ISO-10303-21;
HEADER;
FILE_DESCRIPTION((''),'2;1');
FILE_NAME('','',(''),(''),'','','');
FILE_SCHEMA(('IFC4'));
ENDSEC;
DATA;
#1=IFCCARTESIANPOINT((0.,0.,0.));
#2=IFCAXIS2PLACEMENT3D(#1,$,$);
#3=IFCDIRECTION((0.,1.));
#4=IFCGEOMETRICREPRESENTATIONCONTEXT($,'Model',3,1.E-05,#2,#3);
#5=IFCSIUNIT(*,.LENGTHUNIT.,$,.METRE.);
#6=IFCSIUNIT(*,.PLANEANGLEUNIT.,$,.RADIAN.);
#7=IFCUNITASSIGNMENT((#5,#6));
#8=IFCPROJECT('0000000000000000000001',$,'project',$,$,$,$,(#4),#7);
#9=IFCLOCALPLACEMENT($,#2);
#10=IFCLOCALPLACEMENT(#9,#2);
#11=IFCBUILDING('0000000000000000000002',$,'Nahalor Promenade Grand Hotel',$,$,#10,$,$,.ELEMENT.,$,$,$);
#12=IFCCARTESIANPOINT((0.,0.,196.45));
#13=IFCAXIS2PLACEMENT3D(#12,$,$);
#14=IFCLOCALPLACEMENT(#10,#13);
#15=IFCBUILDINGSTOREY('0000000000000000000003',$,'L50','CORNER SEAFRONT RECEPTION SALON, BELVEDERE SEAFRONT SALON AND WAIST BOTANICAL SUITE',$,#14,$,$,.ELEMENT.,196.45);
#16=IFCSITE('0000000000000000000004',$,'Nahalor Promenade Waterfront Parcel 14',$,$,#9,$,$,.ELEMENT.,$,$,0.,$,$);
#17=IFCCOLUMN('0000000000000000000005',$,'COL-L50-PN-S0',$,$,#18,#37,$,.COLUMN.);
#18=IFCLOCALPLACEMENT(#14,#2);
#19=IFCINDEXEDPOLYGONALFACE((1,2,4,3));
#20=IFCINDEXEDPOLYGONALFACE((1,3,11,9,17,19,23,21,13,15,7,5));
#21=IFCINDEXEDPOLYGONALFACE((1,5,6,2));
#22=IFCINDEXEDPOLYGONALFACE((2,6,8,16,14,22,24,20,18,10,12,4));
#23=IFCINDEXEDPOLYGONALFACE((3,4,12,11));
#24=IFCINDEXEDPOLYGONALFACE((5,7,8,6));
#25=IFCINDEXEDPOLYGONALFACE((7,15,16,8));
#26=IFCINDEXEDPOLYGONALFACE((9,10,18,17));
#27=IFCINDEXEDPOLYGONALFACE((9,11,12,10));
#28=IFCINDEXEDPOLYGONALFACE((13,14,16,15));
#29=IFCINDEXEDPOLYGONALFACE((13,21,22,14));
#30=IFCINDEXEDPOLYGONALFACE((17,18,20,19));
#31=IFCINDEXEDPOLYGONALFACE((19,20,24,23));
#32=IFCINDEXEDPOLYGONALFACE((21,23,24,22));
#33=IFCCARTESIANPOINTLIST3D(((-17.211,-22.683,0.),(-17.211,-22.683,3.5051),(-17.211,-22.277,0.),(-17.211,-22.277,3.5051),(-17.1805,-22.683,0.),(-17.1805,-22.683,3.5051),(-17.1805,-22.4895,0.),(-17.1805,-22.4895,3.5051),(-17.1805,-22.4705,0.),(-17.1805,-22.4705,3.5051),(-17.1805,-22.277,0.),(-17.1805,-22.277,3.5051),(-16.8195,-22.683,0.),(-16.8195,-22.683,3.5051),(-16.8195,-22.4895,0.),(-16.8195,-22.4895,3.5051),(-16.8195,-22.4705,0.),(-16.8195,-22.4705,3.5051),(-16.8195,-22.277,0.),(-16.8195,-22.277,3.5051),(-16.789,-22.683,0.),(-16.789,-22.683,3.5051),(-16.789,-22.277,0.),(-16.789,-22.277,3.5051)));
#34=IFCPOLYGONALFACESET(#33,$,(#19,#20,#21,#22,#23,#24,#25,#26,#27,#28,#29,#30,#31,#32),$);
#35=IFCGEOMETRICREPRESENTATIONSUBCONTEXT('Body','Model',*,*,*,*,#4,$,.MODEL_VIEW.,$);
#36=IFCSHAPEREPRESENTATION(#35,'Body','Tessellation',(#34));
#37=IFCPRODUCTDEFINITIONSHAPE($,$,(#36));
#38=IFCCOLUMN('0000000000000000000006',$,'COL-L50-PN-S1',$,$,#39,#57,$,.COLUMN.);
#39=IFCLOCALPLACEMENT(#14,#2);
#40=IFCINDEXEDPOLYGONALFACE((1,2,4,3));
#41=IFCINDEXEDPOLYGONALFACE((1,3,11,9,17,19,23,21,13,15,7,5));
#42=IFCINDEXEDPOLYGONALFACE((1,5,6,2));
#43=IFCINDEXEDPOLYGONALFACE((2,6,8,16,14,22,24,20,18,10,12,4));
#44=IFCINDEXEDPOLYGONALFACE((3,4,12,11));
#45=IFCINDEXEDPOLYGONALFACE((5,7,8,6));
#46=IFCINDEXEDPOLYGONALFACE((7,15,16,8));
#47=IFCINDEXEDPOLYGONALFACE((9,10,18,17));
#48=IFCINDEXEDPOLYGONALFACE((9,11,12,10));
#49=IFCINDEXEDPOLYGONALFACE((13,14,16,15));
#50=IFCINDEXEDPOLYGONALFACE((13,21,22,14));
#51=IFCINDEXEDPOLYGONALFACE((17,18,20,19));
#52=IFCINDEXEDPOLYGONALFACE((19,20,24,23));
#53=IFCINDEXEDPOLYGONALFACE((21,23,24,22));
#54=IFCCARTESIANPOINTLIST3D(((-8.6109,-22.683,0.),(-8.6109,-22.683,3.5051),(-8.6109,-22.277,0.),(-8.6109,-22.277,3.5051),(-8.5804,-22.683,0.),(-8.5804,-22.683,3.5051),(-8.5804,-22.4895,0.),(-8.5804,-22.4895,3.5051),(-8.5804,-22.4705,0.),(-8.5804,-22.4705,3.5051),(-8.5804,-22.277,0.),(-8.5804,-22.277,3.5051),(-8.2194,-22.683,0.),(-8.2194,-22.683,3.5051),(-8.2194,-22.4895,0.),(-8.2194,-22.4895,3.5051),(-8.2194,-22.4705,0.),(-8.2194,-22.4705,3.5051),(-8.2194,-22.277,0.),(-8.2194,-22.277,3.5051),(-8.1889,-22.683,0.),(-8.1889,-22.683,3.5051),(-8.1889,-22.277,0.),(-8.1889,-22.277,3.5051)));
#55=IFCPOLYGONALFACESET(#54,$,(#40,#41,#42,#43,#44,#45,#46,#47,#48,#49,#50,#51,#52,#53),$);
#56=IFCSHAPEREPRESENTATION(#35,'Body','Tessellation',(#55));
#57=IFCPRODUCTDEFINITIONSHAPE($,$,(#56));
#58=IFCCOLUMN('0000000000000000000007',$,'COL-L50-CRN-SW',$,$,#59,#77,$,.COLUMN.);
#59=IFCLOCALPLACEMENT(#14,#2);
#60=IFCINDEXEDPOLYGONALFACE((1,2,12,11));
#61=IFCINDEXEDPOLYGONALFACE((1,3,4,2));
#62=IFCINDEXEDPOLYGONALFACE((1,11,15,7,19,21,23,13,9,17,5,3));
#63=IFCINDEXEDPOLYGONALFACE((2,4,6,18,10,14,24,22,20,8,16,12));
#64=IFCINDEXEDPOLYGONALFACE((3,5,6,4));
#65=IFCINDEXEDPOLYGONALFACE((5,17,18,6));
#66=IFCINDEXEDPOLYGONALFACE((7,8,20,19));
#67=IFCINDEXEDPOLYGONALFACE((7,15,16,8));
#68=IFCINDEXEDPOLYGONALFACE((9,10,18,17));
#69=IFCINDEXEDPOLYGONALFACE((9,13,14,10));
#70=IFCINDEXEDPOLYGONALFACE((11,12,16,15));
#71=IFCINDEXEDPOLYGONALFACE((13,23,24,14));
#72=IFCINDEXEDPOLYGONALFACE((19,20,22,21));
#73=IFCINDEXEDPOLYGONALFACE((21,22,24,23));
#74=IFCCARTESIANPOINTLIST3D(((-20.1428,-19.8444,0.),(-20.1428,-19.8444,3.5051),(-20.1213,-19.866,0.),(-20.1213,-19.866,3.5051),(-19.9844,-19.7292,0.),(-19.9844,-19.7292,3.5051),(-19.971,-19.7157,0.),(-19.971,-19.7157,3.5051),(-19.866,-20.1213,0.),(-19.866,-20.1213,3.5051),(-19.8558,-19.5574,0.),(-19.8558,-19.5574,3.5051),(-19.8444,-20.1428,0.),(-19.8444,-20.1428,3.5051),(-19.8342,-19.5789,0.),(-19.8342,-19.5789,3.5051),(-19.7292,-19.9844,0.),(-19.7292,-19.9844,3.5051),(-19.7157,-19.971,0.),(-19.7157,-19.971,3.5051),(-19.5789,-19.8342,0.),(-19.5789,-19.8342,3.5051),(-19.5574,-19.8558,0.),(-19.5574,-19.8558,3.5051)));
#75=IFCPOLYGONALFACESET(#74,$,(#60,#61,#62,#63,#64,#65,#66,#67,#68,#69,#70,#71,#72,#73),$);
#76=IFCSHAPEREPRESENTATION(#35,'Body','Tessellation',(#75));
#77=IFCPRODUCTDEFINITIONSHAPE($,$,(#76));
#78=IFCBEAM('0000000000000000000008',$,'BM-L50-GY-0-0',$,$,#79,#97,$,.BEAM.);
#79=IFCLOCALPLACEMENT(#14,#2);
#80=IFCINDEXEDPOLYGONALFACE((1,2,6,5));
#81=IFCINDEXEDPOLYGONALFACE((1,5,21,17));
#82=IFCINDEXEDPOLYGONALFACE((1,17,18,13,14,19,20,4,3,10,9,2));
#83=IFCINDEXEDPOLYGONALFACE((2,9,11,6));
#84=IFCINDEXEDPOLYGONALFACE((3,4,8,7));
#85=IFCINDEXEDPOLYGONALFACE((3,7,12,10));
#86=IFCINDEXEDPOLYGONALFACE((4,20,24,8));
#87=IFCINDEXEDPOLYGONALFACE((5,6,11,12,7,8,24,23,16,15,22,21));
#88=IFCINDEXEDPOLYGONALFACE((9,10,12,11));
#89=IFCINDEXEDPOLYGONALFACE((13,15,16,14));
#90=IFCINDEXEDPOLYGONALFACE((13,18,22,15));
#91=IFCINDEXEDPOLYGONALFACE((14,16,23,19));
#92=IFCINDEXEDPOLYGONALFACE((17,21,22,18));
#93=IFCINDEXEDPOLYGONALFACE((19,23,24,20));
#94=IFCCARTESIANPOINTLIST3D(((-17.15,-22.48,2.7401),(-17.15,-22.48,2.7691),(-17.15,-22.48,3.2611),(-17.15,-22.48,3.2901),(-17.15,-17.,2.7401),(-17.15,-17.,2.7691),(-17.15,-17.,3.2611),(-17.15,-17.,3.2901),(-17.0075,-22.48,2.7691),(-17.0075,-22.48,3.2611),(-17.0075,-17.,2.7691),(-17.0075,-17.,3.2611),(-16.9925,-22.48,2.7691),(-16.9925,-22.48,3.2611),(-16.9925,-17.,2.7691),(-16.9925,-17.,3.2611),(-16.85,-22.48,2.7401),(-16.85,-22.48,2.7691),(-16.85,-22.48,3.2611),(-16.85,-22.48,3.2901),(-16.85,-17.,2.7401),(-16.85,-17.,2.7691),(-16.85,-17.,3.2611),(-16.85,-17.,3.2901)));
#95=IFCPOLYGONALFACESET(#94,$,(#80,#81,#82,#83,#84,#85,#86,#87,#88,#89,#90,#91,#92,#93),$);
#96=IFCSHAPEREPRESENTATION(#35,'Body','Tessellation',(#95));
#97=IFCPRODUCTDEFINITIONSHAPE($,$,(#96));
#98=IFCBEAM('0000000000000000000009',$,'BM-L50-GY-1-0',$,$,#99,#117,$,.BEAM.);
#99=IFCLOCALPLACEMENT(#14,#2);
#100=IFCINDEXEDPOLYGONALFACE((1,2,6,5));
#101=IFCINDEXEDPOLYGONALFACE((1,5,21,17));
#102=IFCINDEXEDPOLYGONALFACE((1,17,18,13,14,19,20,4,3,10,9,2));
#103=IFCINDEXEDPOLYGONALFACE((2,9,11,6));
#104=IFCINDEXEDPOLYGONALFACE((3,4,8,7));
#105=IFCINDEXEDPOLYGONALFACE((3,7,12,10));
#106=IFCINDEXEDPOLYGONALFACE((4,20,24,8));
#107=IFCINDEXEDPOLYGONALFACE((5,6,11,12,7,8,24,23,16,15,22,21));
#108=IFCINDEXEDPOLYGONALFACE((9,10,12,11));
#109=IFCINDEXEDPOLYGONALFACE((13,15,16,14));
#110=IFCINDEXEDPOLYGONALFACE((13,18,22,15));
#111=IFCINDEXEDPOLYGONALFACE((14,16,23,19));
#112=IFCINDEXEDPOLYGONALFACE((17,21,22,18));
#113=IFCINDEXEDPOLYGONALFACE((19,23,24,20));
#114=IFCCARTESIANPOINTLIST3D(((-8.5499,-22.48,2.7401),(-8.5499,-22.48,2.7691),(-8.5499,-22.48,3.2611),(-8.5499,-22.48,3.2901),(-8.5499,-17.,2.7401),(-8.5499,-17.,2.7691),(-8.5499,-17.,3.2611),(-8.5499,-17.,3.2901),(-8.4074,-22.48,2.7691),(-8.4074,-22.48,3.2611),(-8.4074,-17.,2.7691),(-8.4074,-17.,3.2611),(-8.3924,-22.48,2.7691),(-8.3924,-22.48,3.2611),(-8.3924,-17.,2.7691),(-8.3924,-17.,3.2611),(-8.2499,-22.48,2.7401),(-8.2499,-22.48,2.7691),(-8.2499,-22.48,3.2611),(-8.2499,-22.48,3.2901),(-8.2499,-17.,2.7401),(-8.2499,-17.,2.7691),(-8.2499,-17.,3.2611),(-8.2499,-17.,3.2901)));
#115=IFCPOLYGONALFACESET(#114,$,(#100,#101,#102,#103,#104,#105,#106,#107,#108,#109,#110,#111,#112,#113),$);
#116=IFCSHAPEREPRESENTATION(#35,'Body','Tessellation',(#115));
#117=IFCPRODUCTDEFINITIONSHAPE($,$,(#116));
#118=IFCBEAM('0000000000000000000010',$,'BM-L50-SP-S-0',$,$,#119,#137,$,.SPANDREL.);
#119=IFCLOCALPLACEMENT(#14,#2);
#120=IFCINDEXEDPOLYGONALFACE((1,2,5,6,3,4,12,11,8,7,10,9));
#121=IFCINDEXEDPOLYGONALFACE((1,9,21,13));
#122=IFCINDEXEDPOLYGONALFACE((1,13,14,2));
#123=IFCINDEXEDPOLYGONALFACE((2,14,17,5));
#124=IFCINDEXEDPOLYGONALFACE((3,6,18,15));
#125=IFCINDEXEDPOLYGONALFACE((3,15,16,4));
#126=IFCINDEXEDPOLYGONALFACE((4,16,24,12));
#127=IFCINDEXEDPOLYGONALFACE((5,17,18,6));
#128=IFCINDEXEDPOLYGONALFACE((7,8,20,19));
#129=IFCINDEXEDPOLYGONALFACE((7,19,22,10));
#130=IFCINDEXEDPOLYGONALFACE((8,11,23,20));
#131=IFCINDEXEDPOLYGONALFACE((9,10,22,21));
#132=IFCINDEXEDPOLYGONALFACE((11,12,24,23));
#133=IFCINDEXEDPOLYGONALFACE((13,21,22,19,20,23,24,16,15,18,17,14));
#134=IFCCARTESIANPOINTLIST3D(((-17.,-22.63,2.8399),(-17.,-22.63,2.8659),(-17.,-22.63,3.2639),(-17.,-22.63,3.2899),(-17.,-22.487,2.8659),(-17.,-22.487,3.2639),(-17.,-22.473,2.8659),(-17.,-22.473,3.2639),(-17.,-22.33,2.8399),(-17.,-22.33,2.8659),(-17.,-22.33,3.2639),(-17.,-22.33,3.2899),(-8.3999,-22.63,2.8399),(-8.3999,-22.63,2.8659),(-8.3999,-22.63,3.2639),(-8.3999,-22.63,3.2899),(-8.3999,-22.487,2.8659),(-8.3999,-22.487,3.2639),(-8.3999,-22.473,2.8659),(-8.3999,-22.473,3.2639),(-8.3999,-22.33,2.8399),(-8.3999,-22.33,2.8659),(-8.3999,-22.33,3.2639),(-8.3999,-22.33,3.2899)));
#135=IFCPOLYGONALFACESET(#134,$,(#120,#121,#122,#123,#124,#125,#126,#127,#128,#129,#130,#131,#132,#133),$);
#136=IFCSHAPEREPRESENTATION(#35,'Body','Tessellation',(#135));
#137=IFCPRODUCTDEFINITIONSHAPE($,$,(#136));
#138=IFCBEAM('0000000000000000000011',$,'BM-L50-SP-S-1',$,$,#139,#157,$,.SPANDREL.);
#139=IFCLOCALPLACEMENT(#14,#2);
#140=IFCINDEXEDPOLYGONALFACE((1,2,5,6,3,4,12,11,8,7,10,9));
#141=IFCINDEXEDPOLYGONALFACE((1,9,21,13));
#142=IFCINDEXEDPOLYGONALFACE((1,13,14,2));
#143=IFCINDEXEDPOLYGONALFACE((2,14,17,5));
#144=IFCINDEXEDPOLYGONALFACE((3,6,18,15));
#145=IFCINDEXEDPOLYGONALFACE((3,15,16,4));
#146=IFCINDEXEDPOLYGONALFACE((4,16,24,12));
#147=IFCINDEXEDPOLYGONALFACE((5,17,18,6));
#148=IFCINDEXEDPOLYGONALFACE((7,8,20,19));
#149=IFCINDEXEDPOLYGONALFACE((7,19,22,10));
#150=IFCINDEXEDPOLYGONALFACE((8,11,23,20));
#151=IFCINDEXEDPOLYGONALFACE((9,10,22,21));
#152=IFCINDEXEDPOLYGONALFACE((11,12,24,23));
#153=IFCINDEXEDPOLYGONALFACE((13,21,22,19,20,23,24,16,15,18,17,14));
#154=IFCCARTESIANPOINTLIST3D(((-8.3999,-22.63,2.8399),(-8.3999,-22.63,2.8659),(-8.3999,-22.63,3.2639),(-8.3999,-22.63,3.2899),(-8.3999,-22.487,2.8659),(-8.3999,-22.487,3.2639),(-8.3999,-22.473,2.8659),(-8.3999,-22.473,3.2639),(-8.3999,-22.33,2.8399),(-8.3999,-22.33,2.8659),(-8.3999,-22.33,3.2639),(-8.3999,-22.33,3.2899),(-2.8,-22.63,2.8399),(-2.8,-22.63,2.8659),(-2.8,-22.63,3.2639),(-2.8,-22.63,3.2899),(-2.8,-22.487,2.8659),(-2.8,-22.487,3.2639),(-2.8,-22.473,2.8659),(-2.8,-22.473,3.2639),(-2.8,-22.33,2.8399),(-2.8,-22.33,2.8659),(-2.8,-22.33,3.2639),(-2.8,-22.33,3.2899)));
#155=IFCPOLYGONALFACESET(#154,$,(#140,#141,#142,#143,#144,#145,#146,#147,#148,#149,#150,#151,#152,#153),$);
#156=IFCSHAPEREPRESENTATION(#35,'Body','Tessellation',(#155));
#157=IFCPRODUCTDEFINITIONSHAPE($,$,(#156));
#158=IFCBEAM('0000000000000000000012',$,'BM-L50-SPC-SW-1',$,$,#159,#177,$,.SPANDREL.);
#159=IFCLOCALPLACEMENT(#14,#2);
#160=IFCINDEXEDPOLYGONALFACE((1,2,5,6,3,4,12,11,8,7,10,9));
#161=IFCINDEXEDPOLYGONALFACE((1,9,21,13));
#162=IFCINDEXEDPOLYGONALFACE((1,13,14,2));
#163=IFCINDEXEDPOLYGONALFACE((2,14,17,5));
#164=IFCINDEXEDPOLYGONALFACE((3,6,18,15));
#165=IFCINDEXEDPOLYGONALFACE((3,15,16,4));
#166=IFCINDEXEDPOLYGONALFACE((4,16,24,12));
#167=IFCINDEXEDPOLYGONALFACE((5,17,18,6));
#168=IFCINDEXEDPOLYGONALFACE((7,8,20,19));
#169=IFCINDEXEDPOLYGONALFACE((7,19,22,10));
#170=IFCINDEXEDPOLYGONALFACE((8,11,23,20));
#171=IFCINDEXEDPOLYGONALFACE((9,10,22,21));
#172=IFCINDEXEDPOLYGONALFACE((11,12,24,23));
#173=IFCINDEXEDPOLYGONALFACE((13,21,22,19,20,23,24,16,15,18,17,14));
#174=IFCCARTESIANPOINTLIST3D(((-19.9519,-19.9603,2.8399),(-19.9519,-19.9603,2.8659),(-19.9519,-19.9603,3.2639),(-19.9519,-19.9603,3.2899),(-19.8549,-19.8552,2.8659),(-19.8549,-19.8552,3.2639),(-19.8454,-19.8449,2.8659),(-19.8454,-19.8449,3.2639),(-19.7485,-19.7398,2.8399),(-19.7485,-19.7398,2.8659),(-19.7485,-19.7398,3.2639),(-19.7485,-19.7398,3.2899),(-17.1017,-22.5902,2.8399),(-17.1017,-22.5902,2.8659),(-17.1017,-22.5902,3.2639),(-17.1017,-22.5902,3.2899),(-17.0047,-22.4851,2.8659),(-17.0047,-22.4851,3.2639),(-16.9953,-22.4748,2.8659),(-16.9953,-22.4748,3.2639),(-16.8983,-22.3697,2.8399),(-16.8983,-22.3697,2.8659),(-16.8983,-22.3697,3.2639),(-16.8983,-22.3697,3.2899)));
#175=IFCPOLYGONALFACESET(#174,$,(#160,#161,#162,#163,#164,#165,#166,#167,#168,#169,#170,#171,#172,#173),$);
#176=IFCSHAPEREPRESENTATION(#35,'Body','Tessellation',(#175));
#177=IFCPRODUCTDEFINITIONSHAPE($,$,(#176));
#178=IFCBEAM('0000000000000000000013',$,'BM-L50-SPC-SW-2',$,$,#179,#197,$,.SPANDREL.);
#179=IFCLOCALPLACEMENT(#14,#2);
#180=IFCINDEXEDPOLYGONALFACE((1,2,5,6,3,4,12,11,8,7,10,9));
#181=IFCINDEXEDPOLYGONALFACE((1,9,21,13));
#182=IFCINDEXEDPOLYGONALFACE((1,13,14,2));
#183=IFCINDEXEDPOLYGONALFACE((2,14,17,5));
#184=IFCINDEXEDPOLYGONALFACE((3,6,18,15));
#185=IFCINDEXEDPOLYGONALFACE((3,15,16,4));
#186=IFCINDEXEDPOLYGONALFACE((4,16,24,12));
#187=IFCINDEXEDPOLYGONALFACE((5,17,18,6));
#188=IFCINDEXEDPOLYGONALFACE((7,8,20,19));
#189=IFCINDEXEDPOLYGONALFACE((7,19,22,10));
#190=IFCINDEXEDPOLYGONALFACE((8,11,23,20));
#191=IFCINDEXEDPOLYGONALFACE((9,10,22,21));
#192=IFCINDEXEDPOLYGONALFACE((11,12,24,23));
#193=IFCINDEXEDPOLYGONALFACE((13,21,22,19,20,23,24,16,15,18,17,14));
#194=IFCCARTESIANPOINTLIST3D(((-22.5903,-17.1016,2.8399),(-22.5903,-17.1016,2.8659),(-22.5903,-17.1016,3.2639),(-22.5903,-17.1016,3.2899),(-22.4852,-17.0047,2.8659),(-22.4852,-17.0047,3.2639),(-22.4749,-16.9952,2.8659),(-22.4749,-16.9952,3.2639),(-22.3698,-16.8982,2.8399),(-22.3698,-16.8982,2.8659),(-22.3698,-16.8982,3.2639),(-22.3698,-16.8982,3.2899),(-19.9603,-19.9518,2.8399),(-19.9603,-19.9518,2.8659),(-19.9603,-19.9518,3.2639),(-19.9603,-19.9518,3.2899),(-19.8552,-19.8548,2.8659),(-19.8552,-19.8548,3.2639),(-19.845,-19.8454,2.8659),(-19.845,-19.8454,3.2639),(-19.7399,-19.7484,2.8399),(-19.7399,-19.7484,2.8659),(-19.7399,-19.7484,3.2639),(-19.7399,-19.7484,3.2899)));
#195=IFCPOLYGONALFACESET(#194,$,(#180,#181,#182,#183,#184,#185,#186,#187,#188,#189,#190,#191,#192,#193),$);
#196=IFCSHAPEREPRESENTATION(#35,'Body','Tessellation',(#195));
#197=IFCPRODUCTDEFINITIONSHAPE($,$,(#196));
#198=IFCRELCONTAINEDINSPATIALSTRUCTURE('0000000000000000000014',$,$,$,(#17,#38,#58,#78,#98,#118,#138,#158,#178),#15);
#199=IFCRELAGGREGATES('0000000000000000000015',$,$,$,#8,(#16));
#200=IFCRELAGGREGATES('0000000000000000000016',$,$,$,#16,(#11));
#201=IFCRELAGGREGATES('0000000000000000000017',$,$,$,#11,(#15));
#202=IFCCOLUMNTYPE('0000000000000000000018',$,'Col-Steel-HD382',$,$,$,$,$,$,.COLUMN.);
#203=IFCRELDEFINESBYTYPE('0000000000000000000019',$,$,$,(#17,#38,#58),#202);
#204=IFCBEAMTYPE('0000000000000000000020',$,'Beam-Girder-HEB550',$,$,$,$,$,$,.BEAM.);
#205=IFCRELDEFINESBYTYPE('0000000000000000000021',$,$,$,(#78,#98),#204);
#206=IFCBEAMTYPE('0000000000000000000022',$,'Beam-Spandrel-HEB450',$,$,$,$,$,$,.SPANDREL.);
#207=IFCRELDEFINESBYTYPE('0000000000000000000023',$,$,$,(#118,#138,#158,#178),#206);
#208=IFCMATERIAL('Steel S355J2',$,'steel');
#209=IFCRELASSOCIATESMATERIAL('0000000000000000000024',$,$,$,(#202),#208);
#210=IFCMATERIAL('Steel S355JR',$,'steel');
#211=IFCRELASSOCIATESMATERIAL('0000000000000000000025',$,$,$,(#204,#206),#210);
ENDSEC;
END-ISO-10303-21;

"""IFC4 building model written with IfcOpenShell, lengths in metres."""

from ifc_helpers import new_model, si_unit, direction, frame, origin, origin_2d, place, context, subcontext, project, spatial, i_section, extrude, source, transform, mapped, material, material_profile, profile_set, type_object, element, save


model = new_model("IFC4")

# Units and contexts
model_context = context("Model", 3, precision=1e-05, world=origin(), true_north=direction((0.0, 1.0)))
body_context = subcontext(model_context, "Body", "Model", "MODEL_VIEW")
ifc_project = project(units=[si_unit("LENGTHUNIT", "METRE"), si_unit("PLANEANGLEUNIT", "RADIAN")], contexts=[model_context])

# Site, building, storey
site_placement = place(None, origin())
site = spatial("IfcSite", under=ifc_project, at=site_placement, Name="Nahalor Promenade Waterfront Parcel 14", CompositionType="ELEMENT", RefElevation=0.0)
building_placement = place(site_placement, origin())
building = spatial("IfcBuilding", under=site, at=building_placement, Name="Nahalor Promenade Grand Hotel", CompositionType="ELEMENT")
storey_placement = place(building_placement, frame((0.0, 0.0, 196.45)))
storey = spatial("IfcBuildingStorey", under=building, at=storey_placement, Name="L50", Description="CORNER SEAFRONT RECEPTION SALON, BELVEDERE SEAFRONT SALON AND WAIST BOTANICAL SUITE", CompositionType="ELEMENT", Elevation=196.45)

# Columns
ifc_material_1 = material(Name="Steel S355J2", Category="steel")
ifc_material_profile_1 = material_profile(ifc_material_1, i_section(OverallWidth=0.406, OverallDepth=0.422, WebThickness=0.019, FlangeThickness=0.0305, at=origin_2d()), Name="HD 400x382")
ifc_profile_set_1 = profile_set([ifc_material_profile_1], Name="Steel S355J2")
column_type = type_object("IfcColumnType", Name="Col-Steel-HD382", PredefinedType="COLUMN", material=ifc_profile_set_1)
shared_shape_1 = source(origin(), body_context, "Body", "SweptSolid", [
    extrude(i_section(OverallWidth=0.406, OverallDepth=0.422, WebThickness=0.019, FlangeThickness=0.0305, at=origin_2d()), origin(), (0.0, 0.0, 1.0), 3.5051),
])
for number, where, z_axis, x_axis, name in (
    (1, (-17.0, -22.48, 0.0), (0.0, 0.0, 1.0), (0.0, 1.0, 0.0), "COL-L50-PN-S0"),
    (2, (-8.3999, -22.48, 0.0), (0.0, 0.0, 1.0), (0.0, 1.0, 0.0), "COL-L50-PN-S1"),
    (3, (-19.8501, -19.8501, 0.0), (0.0, 0.0, 1.0), (0.707107, 0.707107, 0.0), "COL-L50-CRN-SW"),
):
    element("IfcColumn", number, at=place(storey_placement, frame(where, z_axis=z_axis, x_axis=x_axis)), inside=storey, type_object=column_type, Name=name, PredefinedType="COLUMN", context=body_context, shape_type="MappedRepresentation", body=[
        mapped(shared_shape_1, transform((0.0, 0.0, 0.0), scale=1.0)),
    ])

# Beams
ifc_material_2 = material(Name="Steel S355JR", Category="steel")
ifc_material_profile_2 = material_profile(ifc_material_2, i_section(OverallWidth=0.3, OverallDepth=0.55, WebThickness=0.015, FlangeThickness=0.029, at=origin_2d()), Name="HEB 550")
ifc_profile_set_2 = profile_set([ifc_material_profile_2], Name="Steel S355JR")
beam_type_1 = type_object("IfcBeamType", Name="Beam-Girder-HEB550", PredefinedType="BEAM", material=ifc_profile_set_2)
shared_shape_2 = source(origin(), body_context, "Body", "SweptSolid", [
    extrude(i_section(OverallWidth=0.3, OverallDepth=0.55, WebThickness=0.015, FlangeThickness=0.029, at=origin_2d()), origin(), (0.0, 0.0, 1.0), 5.48),
])
for number, where, z_axis, x_axis, name in (
    (4, (-17.0, -22.48, 3.0151), (0.0, 1.0, 0.0), (-1.0, 0.0, 0.0), "BM-L50-GY-0-0"),
    (5, (-8.3999, -22.48, 3.0151), (0.0, 1.0, 0.0), (-1.0, 0.0, 0.0), "BM-L50-GY-1-0"),
):
    element("IfcBeam", number, at=place(storey_placement, frame(where, z_axis=z_axis, x_axis=x_axis)), inside=storey, type_object=beam_type_1, Name=name, PredefinedType="BEAM", context=body_context, shape_type="MappedRepresentation", body=[
        mapped(shared_shape_2, transform((0.0, 0.0, 0.0), scale=1.0)),
    ])
ifc_material_profile_3 = material_profile(ifc_material_2, i_section(OverallWidth=0.3, OverallDepth=0.45, WebThickness=0.014, FlangeThickness=0.026, at=origin_2d()), Name="HEB 450")
ifc_profile_set_3 = profile_set([ifc_material_profile_3], Name="Steel S355JR")
beam_type_2 = type_object("IfcBeamType", Name="Beam-Spandrel-HEB450", PredefinedType="SPANDREL", material=ifc_profile_set_3)
shared_shape_3 = source(origin(), body_context, "Body", "SweptSolid", [
    extrude(i_section(OverallWidth=0.3, OverallDepth=0.45, WebThickness=0.014, FlangeThickness=0.026, at=origin_2d()), origin(), (0.0, 0.0, 1.0), 8.6001),
])
beam_1_placement = place(storey_placement, frame((-17.0, -22.48, 3.0649), z_axis=(1.0, 0.0, 0.0), x_axis=(0.0, 1.0, 0.0)))
element("IfcBeam", 6, at=beam_1_placement, inside=storey, type_object=beam_type_2, Name="BM-L50-SP-S-0", PredefinedType="SPANDREL", context=body_context, shape_type="MappedRepresentation", body=[
    mapped(shared_shape_3, transform((0.0, 0.0, 0.0), scale=1.0)),
])
shared_shape_4 = source(origin(), body_context, "Body", "SweptSolid", [
    extrude(i_section(OverallWidth=0.3, OverallDepth=0.45, WebThickness=0.014, FlangeThickness=0.026, at=origin_2d()), origin(), (0.0, 0.0, 1.0), 5.5999),
])
beam_2_placement = place(storey_placement, frame((-8.3999, -22.48, 3.0649), z_axis=(1.0, 0.0, 0.0), x_axis=(0.0, 1.0, 0.0)))
element("IfcBeam", 7, at=beam_2_placement, inside=storey, type_object=beam_type_2, Name="BM-L50-SP-S-1", PredefinedType="SPANDREL", context=body_context, shape_type="MappedRepresentation", body=[
    mapped(shared_shape_4, transform((0.0, 0.0, 0.0), scale=1.0)),
])
shared_shape_5 = source(origin(), body_context, "Body", "SweptSolid", [
    extrude(i_section(OverallWidth=0.3, OverallDepth=0.45, WebThickness=0.014, FlangeThickness=0.026, at=origin_2d()), origin(), (0.0, 0.0, 1.0), 3.8782),
])
for number, where, z_axis, x_axis, name in (
    (8, (-17.0, -22.48, 3.0649), (-0.734929, 0.678144, 0.0), (-0.678144, -0.734929, 0.0), "BM-L50-SPC-SW-1"),
    (9, (-19.8501, -19.8501, 3.0649), (-0.678144, 0.734929, 0.0), (-0.734929, -0.678144, 0.0), "BM-L50-SPC-SW-2"),
):
    element("IfcBeam", number, at=place(storey_placement, frame(where, z_axis=z_axis, x_axis=x_axis)), inside=storey, type_object=beam_type_2, Name=name, PredefinedType="SPANDREL", context=body_context, shape_type="MappedRepresentation", body=[
        mapped(shared_shape_5, transform((0.0, 0.0, 0.0), scale=1.0)),
    ])

save(model, "model.ifc")
